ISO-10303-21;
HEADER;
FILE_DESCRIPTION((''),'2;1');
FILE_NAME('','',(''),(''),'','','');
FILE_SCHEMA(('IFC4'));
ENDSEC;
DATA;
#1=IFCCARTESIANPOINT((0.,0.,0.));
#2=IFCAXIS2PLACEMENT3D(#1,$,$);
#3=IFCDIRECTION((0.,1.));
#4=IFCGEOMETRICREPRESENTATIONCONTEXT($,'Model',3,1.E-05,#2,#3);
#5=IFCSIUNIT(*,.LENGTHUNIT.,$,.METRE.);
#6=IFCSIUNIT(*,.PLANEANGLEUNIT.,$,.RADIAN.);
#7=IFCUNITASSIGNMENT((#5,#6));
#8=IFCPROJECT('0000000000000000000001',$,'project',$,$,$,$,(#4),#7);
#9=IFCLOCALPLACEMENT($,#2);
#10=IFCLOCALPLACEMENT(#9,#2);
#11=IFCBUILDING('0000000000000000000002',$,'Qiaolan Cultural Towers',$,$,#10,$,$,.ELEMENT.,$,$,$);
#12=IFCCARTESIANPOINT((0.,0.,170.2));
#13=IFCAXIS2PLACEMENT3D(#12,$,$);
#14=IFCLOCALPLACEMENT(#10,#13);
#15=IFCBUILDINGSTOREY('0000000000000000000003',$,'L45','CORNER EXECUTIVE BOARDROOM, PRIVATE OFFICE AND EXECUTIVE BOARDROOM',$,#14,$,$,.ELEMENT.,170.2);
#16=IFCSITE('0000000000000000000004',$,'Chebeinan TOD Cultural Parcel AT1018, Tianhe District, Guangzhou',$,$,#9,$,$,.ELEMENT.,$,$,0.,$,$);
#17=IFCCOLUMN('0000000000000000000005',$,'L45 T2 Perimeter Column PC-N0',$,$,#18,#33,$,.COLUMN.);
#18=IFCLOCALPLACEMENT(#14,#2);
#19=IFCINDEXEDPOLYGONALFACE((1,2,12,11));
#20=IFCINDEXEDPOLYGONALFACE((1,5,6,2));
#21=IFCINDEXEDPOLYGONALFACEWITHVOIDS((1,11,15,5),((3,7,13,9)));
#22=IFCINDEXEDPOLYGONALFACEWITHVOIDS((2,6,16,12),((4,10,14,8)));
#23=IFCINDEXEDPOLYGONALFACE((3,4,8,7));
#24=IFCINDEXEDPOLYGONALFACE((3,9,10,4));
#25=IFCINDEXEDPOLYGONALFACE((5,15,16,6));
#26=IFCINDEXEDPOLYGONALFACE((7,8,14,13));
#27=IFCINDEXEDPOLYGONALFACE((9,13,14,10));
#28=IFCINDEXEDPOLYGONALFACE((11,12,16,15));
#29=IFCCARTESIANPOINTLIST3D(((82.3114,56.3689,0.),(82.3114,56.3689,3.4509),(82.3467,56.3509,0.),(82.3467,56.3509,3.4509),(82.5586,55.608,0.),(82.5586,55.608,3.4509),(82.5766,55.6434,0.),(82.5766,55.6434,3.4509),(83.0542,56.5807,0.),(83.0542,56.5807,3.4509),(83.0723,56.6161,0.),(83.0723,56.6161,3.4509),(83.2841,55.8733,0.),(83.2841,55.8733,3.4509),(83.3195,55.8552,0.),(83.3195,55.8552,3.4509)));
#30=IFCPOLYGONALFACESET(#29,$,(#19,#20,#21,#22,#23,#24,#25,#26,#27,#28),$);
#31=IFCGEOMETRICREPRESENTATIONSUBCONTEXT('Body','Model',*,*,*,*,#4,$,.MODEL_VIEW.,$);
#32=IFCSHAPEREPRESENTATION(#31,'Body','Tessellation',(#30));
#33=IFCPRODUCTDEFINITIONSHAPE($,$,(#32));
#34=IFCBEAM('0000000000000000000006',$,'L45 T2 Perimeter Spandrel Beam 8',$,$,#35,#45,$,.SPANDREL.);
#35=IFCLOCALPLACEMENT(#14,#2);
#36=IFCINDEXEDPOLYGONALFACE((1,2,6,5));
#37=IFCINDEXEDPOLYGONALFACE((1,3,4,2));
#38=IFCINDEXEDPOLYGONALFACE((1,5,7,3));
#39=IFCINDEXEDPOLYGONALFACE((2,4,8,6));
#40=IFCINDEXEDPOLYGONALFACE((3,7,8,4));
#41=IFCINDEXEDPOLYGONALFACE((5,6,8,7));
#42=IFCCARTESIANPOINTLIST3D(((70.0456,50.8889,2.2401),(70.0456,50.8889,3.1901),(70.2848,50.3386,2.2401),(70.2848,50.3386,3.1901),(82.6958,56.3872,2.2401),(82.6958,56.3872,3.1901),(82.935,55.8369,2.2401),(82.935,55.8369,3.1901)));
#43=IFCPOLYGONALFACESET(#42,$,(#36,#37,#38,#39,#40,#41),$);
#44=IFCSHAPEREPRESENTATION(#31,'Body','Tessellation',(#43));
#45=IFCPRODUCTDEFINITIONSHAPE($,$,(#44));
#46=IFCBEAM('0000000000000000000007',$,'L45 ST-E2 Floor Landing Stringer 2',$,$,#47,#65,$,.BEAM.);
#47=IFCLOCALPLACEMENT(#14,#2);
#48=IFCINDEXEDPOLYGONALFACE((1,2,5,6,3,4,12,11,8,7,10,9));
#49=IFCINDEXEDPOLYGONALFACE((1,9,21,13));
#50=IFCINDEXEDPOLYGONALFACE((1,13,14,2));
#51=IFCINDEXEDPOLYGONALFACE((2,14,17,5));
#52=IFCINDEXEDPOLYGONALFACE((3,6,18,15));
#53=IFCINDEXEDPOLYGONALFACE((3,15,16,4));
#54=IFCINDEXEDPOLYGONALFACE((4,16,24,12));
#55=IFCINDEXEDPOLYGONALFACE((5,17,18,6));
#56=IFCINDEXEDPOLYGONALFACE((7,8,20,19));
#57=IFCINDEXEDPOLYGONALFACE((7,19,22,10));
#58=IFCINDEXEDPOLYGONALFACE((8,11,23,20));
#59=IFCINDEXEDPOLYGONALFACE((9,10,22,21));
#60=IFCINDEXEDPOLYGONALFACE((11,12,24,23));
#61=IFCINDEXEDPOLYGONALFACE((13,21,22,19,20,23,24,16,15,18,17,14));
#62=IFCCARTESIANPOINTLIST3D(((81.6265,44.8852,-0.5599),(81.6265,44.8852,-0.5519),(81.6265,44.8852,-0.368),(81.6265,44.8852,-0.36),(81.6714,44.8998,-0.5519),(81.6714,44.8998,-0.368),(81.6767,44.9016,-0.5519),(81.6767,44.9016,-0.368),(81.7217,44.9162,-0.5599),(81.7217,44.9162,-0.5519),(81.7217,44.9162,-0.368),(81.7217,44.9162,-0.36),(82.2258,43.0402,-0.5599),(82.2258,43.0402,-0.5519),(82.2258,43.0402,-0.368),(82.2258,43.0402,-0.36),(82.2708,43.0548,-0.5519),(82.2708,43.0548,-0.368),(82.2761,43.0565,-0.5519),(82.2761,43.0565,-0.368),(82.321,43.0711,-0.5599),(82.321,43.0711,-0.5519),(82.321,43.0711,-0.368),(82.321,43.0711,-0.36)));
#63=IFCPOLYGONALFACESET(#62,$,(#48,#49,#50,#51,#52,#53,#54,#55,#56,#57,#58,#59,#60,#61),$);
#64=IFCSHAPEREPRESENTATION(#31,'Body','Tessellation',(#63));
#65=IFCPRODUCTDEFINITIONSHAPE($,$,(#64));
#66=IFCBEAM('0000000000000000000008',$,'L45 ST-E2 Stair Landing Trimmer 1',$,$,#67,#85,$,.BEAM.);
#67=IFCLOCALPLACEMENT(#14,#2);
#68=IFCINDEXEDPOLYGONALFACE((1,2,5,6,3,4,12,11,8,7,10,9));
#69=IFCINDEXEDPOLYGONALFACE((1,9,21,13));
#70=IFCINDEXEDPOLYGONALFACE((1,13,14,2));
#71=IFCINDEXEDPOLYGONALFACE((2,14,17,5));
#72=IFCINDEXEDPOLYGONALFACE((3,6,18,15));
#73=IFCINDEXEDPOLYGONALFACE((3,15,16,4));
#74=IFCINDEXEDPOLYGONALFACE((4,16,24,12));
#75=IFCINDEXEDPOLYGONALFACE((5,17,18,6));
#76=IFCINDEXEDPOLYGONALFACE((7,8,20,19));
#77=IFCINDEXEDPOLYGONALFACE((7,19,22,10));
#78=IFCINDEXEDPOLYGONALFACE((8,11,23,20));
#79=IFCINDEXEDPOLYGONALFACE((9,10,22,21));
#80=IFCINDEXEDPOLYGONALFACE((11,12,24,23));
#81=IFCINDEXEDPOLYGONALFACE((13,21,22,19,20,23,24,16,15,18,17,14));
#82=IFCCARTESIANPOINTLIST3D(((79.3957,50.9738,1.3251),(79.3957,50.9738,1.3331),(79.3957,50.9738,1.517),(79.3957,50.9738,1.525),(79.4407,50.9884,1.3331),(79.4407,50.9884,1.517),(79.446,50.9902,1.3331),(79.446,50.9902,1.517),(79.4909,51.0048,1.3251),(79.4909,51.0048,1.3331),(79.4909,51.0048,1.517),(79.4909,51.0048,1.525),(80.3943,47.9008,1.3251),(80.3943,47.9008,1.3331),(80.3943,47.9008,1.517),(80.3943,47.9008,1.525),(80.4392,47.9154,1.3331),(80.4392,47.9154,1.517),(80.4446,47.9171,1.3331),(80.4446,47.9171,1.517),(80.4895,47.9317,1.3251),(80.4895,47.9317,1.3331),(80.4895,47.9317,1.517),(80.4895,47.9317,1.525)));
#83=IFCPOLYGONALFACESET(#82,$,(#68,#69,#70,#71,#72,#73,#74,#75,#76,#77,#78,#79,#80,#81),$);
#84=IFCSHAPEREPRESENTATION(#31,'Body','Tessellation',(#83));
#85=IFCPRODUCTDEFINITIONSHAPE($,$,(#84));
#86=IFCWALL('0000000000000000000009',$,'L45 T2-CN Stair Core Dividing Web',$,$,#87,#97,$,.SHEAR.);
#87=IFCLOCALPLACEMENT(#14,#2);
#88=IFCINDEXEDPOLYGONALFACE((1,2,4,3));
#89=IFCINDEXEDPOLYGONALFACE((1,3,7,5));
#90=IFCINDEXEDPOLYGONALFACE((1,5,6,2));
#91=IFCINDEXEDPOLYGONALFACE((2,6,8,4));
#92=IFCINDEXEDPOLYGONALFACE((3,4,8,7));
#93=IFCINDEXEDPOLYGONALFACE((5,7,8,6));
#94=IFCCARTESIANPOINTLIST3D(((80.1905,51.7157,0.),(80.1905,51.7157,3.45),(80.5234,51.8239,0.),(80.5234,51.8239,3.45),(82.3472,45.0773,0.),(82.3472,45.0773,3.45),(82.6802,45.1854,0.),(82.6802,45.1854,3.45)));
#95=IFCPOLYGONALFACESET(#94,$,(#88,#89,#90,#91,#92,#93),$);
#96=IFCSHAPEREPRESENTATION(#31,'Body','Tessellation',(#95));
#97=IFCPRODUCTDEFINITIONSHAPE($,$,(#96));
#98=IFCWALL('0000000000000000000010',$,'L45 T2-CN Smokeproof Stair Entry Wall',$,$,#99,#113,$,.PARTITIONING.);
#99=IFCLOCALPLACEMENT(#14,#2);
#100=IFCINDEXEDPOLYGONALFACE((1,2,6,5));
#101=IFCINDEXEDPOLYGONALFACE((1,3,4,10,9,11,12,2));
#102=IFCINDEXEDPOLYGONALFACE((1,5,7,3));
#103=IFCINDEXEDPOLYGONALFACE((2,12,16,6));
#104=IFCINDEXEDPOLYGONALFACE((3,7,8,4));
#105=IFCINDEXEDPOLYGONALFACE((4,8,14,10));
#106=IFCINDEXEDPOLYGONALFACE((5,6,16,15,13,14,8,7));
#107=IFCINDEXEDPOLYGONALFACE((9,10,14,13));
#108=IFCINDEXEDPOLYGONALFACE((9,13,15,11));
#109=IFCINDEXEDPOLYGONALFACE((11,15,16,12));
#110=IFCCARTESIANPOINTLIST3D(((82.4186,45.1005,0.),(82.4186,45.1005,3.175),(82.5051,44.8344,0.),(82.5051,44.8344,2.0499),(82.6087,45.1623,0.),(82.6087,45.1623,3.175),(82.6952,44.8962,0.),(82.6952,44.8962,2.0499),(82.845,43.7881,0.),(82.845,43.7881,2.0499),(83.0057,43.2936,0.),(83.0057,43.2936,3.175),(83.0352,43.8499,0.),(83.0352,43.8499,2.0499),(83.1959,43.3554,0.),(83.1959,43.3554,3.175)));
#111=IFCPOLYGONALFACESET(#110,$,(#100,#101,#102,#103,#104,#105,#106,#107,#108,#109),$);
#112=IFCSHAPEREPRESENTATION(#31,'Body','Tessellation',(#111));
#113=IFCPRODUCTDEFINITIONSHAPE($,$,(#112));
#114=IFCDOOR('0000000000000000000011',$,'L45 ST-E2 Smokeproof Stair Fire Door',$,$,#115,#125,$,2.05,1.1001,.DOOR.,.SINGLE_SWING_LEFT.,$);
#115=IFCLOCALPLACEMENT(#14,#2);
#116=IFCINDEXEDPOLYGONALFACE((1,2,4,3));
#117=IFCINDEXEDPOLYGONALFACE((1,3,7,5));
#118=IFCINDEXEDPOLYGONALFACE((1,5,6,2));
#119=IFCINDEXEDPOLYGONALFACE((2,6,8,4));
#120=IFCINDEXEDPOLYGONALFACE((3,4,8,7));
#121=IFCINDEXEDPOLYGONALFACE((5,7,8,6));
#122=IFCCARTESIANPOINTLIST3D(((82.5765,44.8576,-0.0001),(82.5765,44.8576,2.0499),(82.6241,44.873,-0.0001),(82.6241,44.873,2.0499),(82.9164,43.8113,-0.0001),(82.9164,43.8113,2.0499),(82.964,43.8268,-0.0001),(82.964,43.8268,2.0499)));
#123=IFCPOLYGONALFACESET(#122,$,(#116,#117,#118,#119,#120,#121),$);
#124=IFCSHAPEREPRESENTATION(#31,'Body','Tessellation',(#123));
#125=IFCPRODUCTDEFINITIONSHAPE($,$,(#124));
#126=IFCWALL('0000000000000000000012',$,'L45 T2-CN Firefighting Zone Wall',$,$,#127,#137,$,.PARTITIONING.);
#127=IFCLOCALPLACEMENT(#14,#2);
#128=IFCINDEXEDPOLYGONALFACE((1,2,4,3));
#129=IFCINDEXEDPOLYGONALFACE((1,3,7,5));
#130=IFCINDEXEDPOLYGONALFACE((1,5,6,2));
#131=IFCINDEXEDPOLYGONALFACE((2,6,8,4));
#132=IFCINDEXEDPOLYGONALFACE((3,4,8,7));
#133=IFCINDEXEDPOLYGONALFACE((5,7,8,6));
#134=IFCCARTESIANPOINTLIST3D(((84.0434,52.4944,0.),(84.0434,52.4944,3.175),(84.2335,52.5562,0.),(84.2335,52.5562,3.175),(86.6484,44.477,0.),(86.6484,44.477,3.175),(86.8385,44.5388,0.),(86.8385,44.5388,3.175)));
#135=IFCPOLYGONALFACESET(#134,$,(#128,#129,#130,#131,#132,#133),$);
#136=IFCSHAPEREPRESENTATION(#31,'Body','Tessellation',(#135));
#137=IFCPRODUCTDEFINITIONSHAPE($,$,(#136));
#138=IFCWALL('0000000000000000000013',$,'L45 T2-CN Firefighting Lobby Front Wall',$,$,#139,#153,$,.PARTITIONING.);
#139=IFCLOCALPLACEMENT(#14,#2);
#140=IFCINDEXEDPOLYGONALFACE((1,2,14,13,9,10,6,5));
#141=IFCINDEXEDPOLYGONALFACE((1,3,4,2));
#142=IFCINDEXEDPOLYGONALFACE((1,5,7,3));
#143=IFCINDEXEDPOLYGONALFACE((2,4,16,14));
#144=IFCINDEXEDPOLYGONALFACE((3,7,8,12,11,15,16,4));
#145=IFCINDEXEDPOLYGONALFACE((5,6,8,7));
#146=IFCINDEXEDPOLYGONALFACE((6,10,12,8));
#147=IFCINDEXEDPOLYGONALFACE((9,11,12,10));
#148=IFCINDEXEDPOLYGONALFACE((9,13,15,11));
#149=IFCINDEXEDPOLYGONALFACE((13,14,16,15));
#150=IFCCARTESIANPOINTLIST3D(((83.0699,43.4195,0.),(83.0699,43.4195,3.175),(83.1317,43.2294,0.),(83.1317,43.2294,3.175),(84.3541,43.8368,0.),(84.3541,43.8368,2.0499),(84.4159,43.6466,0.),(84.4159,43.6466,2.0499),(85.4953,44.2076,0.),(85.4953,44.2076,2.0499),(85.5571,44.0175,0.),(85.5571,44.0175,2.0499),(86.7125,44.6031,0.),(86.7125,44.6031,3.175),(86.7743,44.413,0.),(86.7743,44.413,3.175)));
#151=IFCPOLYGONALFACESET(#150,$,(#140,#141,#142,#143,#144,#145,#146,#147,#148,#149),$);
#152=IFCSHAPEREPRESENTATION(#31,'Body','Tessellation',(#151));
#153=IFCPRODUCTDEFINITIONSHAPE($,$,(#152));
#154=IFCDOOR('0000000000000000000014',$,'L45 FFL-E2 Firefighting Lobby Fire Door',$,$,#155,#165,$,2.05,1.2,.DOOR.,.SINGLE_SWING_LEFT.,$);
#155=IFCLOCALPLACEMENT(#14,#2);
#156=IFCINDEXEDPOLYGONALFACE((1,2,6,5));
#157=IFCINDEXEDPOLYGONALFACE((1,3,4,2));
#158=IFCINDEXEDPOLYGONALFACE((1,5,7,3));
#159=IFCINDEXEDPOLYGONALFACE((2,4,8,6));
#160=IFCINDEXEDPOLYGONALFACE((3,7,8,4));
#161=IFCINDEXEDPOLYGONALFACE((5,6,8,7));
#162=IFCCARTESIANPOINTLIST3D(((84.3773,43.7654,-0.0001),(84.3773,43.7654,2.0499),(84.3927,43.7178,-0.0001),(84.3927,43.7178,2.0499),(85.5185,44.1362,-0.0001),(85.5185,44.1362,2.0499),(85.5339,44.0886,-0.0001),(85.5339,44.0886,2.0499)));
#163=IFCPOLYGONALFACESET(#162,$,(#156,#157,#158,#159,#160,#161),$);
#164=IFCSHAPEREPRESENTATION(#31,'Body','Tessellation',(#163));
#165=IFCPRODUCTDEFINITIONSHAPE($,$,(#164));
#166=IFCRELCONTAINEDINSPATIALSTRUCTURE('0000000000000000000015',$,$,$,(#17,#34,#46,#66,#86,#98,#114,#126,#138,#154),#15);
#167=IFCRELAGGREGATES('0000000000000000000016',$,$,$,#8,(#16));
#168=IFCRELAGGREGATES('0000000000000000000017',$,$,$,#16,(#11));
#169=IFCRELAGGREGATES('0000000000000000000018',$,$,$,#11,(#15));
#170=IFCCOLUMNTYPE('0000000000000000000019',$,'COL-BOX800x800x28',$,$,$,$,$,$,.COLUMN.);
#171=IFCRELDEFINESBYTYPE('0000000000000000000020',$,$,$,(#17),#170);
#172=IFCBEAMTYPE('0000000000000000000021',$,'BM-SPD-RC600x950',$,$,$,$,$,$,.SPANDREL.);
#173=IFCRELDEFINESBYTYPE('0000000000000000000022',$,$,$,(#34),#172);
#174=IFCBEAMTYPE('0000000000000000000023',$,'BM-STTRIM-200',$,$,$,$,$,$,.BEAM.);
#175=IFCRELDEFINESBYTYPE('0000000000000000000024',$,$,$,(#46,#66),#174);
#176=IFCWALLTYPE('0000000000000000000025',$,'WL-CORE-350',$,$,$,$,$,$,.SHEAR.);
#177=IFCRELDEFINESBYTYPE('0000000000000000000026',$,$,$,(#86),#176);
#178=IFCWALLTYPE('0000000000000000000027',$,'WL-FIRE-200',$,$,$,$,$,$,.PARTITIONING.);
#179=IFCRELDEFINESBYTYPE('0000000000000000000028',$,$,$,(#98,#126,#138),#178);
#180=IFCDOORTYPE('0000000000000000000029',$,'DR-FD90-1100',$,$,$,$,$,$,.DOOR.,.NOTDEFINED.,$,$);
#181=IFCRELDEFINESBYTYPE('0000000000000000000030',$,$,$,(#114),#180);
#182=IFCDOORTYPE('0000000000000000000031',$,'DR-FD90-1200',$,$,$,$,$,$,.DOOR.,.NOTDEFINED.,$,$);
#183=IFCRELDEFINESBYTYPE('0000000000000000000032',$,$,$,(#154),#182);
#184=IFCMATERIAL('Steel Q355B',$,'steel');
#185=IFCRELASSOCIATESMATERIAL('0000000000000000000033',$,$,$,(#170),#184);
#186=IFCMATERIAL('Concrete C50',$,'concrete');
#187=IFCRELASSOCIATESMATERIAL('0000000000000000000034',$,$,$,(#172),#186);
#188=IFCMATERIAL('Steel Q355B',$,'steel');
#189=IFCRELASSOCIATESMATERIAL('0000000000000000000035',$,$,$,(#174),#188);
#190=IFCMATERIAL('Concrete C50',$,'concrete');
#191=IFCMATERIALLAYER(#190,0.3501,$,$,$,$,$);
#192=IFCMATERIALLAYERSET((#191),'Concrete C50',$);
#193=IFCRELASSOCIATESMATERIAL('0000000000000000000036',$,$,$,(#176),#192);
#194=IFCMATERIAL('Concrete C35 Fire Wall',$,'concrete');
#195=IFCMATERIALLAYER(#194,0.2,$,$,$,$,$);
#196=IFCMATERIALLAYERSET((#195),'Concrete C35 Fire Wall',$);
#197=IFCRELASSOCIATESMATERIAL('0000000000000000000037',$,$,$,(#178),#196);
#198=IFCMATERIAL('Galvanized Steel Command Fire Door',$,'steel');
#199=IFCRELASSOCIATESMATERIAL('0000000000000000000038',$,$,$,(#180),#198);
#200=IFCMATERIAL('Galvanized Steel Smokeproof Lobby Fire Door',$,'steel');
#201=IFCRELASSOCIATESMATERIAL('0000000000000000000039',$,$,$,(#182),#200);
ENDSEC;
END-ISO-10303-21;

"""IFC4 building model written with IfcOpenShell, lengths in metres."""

from ifc_helpers import new_model, si_unit, direction, frame, frame_2d, origin, origin_2d, place, context, subcontext, project, spatial, rectangle, hollow_rectangle, i_section, extrude, material, layer, layer_set, material_profile, profile_set, type_object, element, fill, save


model = new_model("IFC4")

# Units and contexts
model_context = context("Model", 3, precision=1e-05, world=origin(), true_north=direction((0.0, 1.0)))
body_context = subcontext(model_context, "Body", "Model", "MODEL_VIEW")
ifc_project = project(units=[si_unit("LENGTHUNIT", "METRE"), si_unit("PLANEANGLEUNIT", "RADIAN")], contexts=[model_context])

# Site, building, storey
site_placement = place(None, origin())
site = spatial("IfcSite", under=ifc_project, at=site_placement, Name="Chebeinan TOD Cultural Parcel AT1018, Tianhe District, Guangzhou", CompositionType="ELEMENT", RefElevation=0.0)
building_placement = place(site_placement, origin())
building = spatial("IfcBuilding", under=site, at=building_placement, Name="Qiaolan Cultural Towers", CompositionType="ELEMENT")
storey_placement = place(building_placement, frame((0.0, 0.0, 170.2)))
storey = spatial("IfcBuildingStorey", under=building, at=storey_placement, Name="L45", Description="CORNER EXECUTIVE BOARDROOM, PRIVATE OFFICE AND EXECUTIVE BOARDROOM", CompositionType="ELEMENT", Elevation=170.2)

# Column
ifc_material_1 = material(Name="Steel Q355B", Category="steel")
ifc_material_profile_1 = material_profile(ifc_material_1, hollow_rectangle(XDim=0.8, YDim=0.8, WallThickness=0.0281, at=origin_2d()), Name="BOX800x800x28")
ifc_profile_set_1 = profile_set([ifc_material_profile_1], Name="Steel Q355B")
column_type = type_object("IfcColumnType", Name="COL-BOX800x800x28", PredefinedType="COLUMN", material=ifc_profile_set_1)
column_placement = place(storey_placement, frame((82.8154, 56.1121, 0.0), z_axis=(0.0, 0.0, 1.0), x_axis=(0.951057, 0.309017, 0.0)))
element("IfcColumn", 1, at=column_placement, inside=storey, type_object=column_type, Name="L45 T2 Perimeter Column PC-N0", PredefinedType="COLUMN", context=body_context, shape_type="SweptSolid", body=[
    extrude(hollow_rectangle(XDim=0.8, YDim=0.8, WallThickness=0.0281, at=origin_2d()), origin(), (0.0, 0.0, 1.0), 3.4509),
])

# Beams
ifc_material_2 = material(Name="Concrete C50", Category="concrete")
ifc_material_profile_2 = material_profile(ifc_material_2, rectangle(XDim=0.6001, YDim=0.95, at=origin_2d()), Name="RC600x950")
ifc_profile_set_2 = profile_set([ifc_material_profile_2], Name="Concrete C50")
beam_type_1 = type_object("IfcBeamType", Name="BM-SPD-RC600x950", PredefinedType="SPANDREL", material=ifc_profile_set_2)
beam_1_placement = place(storey_placement, frame((82.8154, 56.1121, 2.7151), z_axis=(-0.917117, -0.398618, 0.0), x_axis=(0.398618, -0.917117, 0.0)))
element("IfcBeam", 2, at=beam_1_placement, inside=storey, type_object=beam_type_1, Name="L45 T2 Perimeter Spandrel Beam 8", PredefinedType="SPANDREL", context=body_context, shape_type="SweptSolid", body=[
    extrude(rectangle(XDim=0.6001, YDim=0.95, at=origin_2d()), origin(), (0.0, 0.0, 1.0), 13.7935),
])
ifc_material_3 = material(Name="Steel Q355B", Category="steel")
ifc_material_profile_3 = material_profile(ifc_material_3, i_section(OverallWidth=0.1001, OverallDepth=0.2, WebThickness=0.0056, FlangeThickness=0.0081, at=origin_2d()), Name="HN200x100x5.5x8")
ifc_profile_set_3 = profile_set([ifc_material_profile_3], Name="Steel Q355B")
beam_type_2 = type_object("IfcBeamType", Name="BM-STTRIM-200", PredefinedType="BEAM", material=ifc_profile_set_3)
beam_2_placement = place(storey_placement, frame((82.2734, 43.0557, -0.46), z_axis=(-0.308969, 0.951072, 0.0), x_axis=(-0.951072, -0.308969, 0.0)))
element("IfcBeam", 3, at=beam_2_placement, inside=storey, type_object=beam_type_2, Name="L45 ST-E2 Floor Landing Stringer 2", PredefinedType="BEAM", context=body_context, shape_type="SweptSolid", body=[
    extrude(i_section(OverallWidth=0.1001, OverallDepth=0.2, WebThickness=0.0056, FlangeThickness=0.0081, at=origin_2d()), origin(), (0.0, 0.0, 1.0), 1.9399),
])
beam_3_placement = place(storey_placement, frame((80.4419, 47.9163, 1.425), z_axis=(-0.309033, 0.951051, 0.0), x_axis=(-0.951051, -0.309033, 0.0)))
element("IfcBeam", 4, at=beam_3_placement, inside=storey, type_object=beam_type_2, Name="L45 ST-E2 Stair Landing Trimmer 1", PredefinedType="BEAM", context=body_context, shape_type="SweptSolid", body=[
    extrude(i_section(OverallWidth=0.1001, OverallDepth=0.2, WebThickness=0.0056, FlangeThickness=0.0081, at=origin_2d()), origin(), (0.0, 0.0, 1.0), 3.2312),
])

# Wall
ifc_material_4 = material(Name="Concrete C50", Category="concrete")
ifc_layer_1 = layer(ifc_material_4, 0.3501)
ifc_layer_set_1 = layer_set([ifc_layer_1], Name="Concrete C50")
wall_type_1 = type_object("IfcWallType", Name="WL-CORE-350", PredefinedType="SHEAR", material=ifc_layer_set_1)
wall_1_placement = place(storey_placement, frame((82.5137, 45.1313, 0.0), z_axis=(0.0, 0.0, 1.0), x_axis=(-0.308989, 0.951066, 0.0)))
element("IfcWall", 5, at=wall_1_placement, inside=storey, type_object=wall_type_1, Name="L45 T2-CN Stair Core Dividing Web", PredefinedType="SHEAR", context=body_context, shape_type="SweptSolid", body=[
    extrude(rectangle(XDim=6.98, YDim=0.3501, at=frame_2d((3.49, 0.0))), origin(), (0.0, 0.0, 1.0), 3.45),
])

# Wall, opening, door
ifc_material_5 = material(Name="Concrete C35 Fire Wall", Category="concrete")
ifc_layer_2 = layer(ifc_material_5, 0.2)
ifc_layer_set_2 = layer_set([ifc_layer_2], Name="Concrete C35 Fire Wall")
wall_type_2 = type_object("IfcWallType", Name="WL-FIRE-200", PredefinedType="PARTITIONING", material=ifc_layer_set_2)
wall_2_placement = place(storey_placement, frame((83.1008, 43.3245, 0.0), z_axis=(0.0, 0.0, 1.0), x_axis=(-0.309048, 0.951046, 0.0)))
wall_2 = element("IfcWall", 6, at=wall_2_placement, inside=storey, type_object=wall_type_2, Name="L45 T2-CN Smokeproof Stair Entry Wall", PredefinedType="PARTITIONING", context=body_context, shape_type="SweptSolid", body=[
    extrude(rectangle(XDim=1.8999, YDim=0.2, at=frame_2d((0.95, 0.0))), origin(), (0.0, 0.0, 1.0), 3.175),
])
opening_1_placement = place(wall_2_placement, frame((0.52, 0.0, 0.0)))
opening_1 = element("IfcOpeningElement", 7, at=opening_1_placement, cuts=wall_2, PredefinedType="OPENING", context=body_context, shape_type="SweptSolid", body=[
    extrude(rectangle(XDim=1.1001, YDim=2.05, at=frame_2d((0.55, 1.0249))), frame((0.0, 0.1099, 0.0), z_axis=(0.0, -1.0, 0.0), x_axis=(1.0, 0.0, 0.0)), (0.0, 0.0, 1.0), 0.22),
])
ifc_material_6 = material(Name="Galvanized Steel Command Fire Door", Category="steel")
door_type_1 = type_object("IfcDoorType", Name="DR-FD90-1100", OperationType="NOTDEFINED", PredefinedType="DOOR", material=ifc_material_6)
door_1_placement = place(opening_1_placement, origin())
door_1 = element("IfcDoor", 8, at=door_1_placement, inside=storey, type_object=door_type_1, Name="L45 ST-E2 Smokeproof Stair Fire Door", OperationType="SINGLE_SWING_LEFT", OverallHeight=2.05, OverallWidth=1.1001, PredefinedType="DOOR", context=body_context, shape_type="SweptSolid", body=[
    extrude(rectangle(XDim=1.1001, YDim=2.05, at=frame_2d((0.55, 1.0249))), frame((0.0, 0.0249, 0.0), z_axis=(0.0, -1.0, 0.0), x_axis=(1.0, 0.0, 0.0)), (0.0, 0.0, 1.0), 0.05),
])
fill(opening_1, door_1)

# Wall
wall_3_placement = place(storey_placement, frame((86.7434, 44.5081, 0.0), z_axis=(0.0, 0.0, 1.0), x_axis=(-0.309016, 0.951057, 0.0)))
element("IfcWall", 9, at=wall_3_placement, inside=storey, type_object=wall_type_2, Name="L45 T2-CN Firefighting Zone Wall", PredefinedType="PARTITIONING", context=body_context, shape_type="SweptSolid", body=[
    extrude(rectangle(XDim=8.4299, YDim=0.2, at=frame_2d((4.2148, 0.0))), origin(), (0.0, 0.0, 1.0), 3.175),
])

# Wall, opening, door
wall_4_placement = place(storey_placement, frame((83.1008, 43.3245, 0.0), z_axis=(0.0, 0.0, 1.0), x_axis=(0.951053, 0.309028, 0.0)))
wall_4 = element("IfcWall", 10, at=wall_4_placement, inside=storey, type_object=wall_type_2, Name="L45 T2-CN Firefighting Lobby Front Wall", PredefinedType="PARTITIONING", context=body_context, shape_type="SweptSolid", body=[
    extrude(rectangle(XDim=3.8301, YDim=0.2, at=frame_2d((1.915, 0.0))), origin(), (0.0, 0.0, 1.0), 3.175),
])
opening_2_placement = place(wall_4_placement, frame((1.3501, 0.0, 0.0)))
opening_2 = element("IfcOpeningElement", 11, at=opening_2_placement, cuts=wall_4, PredefinedType="OPENING", context=body_context, shape_type="SweptSolid", body=[
    extrude(rectangle(XDim=1.2, YDim=2.05, at=frame_2d((0.6001, 1.0249))), frame((0.0, 0.1099, 0.0), z_axis=(0.0, -1.0, 0.0), x_axis=(1.0, 0.0, 0.0)), (0.0, 0.0, 1.0), 0.22),
])
ifc_material_7 = material(Name="Galvanized Steel Smokeproof Lobby Fire Door", Category="steel")
door_type_2 = type_object("IfcDoorType", Name="DR-FD90-1200", OperationType="NOTDEFINED", PredefinedType="DOOR", material=ifc_material_7)
door_2_placement = place(opening_2_placement, origin())
door_2 = element("IfcDoor", 12, at=door_2_placement, inside=storey, type_object=door_type_2, Name="L45 FFL-E2 Firefighting Lobby Fire Door", OperationType="SINGLE_SWING_LEFT", OverallHeight=2.05, OverallWidth=1.2, PredefinedType="DOOR", context=body_context, shape_type="SweptSolid", body=[
    extrude(rectangle(XDim=1.2, YDim=2.05, at=frame_2d((0.6001, 1.0249))), frame((0.0, 0.0249, 0.0), z_axis=(0.0, -1.0, 0.0), x_axis=(1.0, 0.0, 0.0)), (0.0, 0.0, 1.0), 0.05),
])
fill(opening_2, door_2)

save(model, "model.ifc")
